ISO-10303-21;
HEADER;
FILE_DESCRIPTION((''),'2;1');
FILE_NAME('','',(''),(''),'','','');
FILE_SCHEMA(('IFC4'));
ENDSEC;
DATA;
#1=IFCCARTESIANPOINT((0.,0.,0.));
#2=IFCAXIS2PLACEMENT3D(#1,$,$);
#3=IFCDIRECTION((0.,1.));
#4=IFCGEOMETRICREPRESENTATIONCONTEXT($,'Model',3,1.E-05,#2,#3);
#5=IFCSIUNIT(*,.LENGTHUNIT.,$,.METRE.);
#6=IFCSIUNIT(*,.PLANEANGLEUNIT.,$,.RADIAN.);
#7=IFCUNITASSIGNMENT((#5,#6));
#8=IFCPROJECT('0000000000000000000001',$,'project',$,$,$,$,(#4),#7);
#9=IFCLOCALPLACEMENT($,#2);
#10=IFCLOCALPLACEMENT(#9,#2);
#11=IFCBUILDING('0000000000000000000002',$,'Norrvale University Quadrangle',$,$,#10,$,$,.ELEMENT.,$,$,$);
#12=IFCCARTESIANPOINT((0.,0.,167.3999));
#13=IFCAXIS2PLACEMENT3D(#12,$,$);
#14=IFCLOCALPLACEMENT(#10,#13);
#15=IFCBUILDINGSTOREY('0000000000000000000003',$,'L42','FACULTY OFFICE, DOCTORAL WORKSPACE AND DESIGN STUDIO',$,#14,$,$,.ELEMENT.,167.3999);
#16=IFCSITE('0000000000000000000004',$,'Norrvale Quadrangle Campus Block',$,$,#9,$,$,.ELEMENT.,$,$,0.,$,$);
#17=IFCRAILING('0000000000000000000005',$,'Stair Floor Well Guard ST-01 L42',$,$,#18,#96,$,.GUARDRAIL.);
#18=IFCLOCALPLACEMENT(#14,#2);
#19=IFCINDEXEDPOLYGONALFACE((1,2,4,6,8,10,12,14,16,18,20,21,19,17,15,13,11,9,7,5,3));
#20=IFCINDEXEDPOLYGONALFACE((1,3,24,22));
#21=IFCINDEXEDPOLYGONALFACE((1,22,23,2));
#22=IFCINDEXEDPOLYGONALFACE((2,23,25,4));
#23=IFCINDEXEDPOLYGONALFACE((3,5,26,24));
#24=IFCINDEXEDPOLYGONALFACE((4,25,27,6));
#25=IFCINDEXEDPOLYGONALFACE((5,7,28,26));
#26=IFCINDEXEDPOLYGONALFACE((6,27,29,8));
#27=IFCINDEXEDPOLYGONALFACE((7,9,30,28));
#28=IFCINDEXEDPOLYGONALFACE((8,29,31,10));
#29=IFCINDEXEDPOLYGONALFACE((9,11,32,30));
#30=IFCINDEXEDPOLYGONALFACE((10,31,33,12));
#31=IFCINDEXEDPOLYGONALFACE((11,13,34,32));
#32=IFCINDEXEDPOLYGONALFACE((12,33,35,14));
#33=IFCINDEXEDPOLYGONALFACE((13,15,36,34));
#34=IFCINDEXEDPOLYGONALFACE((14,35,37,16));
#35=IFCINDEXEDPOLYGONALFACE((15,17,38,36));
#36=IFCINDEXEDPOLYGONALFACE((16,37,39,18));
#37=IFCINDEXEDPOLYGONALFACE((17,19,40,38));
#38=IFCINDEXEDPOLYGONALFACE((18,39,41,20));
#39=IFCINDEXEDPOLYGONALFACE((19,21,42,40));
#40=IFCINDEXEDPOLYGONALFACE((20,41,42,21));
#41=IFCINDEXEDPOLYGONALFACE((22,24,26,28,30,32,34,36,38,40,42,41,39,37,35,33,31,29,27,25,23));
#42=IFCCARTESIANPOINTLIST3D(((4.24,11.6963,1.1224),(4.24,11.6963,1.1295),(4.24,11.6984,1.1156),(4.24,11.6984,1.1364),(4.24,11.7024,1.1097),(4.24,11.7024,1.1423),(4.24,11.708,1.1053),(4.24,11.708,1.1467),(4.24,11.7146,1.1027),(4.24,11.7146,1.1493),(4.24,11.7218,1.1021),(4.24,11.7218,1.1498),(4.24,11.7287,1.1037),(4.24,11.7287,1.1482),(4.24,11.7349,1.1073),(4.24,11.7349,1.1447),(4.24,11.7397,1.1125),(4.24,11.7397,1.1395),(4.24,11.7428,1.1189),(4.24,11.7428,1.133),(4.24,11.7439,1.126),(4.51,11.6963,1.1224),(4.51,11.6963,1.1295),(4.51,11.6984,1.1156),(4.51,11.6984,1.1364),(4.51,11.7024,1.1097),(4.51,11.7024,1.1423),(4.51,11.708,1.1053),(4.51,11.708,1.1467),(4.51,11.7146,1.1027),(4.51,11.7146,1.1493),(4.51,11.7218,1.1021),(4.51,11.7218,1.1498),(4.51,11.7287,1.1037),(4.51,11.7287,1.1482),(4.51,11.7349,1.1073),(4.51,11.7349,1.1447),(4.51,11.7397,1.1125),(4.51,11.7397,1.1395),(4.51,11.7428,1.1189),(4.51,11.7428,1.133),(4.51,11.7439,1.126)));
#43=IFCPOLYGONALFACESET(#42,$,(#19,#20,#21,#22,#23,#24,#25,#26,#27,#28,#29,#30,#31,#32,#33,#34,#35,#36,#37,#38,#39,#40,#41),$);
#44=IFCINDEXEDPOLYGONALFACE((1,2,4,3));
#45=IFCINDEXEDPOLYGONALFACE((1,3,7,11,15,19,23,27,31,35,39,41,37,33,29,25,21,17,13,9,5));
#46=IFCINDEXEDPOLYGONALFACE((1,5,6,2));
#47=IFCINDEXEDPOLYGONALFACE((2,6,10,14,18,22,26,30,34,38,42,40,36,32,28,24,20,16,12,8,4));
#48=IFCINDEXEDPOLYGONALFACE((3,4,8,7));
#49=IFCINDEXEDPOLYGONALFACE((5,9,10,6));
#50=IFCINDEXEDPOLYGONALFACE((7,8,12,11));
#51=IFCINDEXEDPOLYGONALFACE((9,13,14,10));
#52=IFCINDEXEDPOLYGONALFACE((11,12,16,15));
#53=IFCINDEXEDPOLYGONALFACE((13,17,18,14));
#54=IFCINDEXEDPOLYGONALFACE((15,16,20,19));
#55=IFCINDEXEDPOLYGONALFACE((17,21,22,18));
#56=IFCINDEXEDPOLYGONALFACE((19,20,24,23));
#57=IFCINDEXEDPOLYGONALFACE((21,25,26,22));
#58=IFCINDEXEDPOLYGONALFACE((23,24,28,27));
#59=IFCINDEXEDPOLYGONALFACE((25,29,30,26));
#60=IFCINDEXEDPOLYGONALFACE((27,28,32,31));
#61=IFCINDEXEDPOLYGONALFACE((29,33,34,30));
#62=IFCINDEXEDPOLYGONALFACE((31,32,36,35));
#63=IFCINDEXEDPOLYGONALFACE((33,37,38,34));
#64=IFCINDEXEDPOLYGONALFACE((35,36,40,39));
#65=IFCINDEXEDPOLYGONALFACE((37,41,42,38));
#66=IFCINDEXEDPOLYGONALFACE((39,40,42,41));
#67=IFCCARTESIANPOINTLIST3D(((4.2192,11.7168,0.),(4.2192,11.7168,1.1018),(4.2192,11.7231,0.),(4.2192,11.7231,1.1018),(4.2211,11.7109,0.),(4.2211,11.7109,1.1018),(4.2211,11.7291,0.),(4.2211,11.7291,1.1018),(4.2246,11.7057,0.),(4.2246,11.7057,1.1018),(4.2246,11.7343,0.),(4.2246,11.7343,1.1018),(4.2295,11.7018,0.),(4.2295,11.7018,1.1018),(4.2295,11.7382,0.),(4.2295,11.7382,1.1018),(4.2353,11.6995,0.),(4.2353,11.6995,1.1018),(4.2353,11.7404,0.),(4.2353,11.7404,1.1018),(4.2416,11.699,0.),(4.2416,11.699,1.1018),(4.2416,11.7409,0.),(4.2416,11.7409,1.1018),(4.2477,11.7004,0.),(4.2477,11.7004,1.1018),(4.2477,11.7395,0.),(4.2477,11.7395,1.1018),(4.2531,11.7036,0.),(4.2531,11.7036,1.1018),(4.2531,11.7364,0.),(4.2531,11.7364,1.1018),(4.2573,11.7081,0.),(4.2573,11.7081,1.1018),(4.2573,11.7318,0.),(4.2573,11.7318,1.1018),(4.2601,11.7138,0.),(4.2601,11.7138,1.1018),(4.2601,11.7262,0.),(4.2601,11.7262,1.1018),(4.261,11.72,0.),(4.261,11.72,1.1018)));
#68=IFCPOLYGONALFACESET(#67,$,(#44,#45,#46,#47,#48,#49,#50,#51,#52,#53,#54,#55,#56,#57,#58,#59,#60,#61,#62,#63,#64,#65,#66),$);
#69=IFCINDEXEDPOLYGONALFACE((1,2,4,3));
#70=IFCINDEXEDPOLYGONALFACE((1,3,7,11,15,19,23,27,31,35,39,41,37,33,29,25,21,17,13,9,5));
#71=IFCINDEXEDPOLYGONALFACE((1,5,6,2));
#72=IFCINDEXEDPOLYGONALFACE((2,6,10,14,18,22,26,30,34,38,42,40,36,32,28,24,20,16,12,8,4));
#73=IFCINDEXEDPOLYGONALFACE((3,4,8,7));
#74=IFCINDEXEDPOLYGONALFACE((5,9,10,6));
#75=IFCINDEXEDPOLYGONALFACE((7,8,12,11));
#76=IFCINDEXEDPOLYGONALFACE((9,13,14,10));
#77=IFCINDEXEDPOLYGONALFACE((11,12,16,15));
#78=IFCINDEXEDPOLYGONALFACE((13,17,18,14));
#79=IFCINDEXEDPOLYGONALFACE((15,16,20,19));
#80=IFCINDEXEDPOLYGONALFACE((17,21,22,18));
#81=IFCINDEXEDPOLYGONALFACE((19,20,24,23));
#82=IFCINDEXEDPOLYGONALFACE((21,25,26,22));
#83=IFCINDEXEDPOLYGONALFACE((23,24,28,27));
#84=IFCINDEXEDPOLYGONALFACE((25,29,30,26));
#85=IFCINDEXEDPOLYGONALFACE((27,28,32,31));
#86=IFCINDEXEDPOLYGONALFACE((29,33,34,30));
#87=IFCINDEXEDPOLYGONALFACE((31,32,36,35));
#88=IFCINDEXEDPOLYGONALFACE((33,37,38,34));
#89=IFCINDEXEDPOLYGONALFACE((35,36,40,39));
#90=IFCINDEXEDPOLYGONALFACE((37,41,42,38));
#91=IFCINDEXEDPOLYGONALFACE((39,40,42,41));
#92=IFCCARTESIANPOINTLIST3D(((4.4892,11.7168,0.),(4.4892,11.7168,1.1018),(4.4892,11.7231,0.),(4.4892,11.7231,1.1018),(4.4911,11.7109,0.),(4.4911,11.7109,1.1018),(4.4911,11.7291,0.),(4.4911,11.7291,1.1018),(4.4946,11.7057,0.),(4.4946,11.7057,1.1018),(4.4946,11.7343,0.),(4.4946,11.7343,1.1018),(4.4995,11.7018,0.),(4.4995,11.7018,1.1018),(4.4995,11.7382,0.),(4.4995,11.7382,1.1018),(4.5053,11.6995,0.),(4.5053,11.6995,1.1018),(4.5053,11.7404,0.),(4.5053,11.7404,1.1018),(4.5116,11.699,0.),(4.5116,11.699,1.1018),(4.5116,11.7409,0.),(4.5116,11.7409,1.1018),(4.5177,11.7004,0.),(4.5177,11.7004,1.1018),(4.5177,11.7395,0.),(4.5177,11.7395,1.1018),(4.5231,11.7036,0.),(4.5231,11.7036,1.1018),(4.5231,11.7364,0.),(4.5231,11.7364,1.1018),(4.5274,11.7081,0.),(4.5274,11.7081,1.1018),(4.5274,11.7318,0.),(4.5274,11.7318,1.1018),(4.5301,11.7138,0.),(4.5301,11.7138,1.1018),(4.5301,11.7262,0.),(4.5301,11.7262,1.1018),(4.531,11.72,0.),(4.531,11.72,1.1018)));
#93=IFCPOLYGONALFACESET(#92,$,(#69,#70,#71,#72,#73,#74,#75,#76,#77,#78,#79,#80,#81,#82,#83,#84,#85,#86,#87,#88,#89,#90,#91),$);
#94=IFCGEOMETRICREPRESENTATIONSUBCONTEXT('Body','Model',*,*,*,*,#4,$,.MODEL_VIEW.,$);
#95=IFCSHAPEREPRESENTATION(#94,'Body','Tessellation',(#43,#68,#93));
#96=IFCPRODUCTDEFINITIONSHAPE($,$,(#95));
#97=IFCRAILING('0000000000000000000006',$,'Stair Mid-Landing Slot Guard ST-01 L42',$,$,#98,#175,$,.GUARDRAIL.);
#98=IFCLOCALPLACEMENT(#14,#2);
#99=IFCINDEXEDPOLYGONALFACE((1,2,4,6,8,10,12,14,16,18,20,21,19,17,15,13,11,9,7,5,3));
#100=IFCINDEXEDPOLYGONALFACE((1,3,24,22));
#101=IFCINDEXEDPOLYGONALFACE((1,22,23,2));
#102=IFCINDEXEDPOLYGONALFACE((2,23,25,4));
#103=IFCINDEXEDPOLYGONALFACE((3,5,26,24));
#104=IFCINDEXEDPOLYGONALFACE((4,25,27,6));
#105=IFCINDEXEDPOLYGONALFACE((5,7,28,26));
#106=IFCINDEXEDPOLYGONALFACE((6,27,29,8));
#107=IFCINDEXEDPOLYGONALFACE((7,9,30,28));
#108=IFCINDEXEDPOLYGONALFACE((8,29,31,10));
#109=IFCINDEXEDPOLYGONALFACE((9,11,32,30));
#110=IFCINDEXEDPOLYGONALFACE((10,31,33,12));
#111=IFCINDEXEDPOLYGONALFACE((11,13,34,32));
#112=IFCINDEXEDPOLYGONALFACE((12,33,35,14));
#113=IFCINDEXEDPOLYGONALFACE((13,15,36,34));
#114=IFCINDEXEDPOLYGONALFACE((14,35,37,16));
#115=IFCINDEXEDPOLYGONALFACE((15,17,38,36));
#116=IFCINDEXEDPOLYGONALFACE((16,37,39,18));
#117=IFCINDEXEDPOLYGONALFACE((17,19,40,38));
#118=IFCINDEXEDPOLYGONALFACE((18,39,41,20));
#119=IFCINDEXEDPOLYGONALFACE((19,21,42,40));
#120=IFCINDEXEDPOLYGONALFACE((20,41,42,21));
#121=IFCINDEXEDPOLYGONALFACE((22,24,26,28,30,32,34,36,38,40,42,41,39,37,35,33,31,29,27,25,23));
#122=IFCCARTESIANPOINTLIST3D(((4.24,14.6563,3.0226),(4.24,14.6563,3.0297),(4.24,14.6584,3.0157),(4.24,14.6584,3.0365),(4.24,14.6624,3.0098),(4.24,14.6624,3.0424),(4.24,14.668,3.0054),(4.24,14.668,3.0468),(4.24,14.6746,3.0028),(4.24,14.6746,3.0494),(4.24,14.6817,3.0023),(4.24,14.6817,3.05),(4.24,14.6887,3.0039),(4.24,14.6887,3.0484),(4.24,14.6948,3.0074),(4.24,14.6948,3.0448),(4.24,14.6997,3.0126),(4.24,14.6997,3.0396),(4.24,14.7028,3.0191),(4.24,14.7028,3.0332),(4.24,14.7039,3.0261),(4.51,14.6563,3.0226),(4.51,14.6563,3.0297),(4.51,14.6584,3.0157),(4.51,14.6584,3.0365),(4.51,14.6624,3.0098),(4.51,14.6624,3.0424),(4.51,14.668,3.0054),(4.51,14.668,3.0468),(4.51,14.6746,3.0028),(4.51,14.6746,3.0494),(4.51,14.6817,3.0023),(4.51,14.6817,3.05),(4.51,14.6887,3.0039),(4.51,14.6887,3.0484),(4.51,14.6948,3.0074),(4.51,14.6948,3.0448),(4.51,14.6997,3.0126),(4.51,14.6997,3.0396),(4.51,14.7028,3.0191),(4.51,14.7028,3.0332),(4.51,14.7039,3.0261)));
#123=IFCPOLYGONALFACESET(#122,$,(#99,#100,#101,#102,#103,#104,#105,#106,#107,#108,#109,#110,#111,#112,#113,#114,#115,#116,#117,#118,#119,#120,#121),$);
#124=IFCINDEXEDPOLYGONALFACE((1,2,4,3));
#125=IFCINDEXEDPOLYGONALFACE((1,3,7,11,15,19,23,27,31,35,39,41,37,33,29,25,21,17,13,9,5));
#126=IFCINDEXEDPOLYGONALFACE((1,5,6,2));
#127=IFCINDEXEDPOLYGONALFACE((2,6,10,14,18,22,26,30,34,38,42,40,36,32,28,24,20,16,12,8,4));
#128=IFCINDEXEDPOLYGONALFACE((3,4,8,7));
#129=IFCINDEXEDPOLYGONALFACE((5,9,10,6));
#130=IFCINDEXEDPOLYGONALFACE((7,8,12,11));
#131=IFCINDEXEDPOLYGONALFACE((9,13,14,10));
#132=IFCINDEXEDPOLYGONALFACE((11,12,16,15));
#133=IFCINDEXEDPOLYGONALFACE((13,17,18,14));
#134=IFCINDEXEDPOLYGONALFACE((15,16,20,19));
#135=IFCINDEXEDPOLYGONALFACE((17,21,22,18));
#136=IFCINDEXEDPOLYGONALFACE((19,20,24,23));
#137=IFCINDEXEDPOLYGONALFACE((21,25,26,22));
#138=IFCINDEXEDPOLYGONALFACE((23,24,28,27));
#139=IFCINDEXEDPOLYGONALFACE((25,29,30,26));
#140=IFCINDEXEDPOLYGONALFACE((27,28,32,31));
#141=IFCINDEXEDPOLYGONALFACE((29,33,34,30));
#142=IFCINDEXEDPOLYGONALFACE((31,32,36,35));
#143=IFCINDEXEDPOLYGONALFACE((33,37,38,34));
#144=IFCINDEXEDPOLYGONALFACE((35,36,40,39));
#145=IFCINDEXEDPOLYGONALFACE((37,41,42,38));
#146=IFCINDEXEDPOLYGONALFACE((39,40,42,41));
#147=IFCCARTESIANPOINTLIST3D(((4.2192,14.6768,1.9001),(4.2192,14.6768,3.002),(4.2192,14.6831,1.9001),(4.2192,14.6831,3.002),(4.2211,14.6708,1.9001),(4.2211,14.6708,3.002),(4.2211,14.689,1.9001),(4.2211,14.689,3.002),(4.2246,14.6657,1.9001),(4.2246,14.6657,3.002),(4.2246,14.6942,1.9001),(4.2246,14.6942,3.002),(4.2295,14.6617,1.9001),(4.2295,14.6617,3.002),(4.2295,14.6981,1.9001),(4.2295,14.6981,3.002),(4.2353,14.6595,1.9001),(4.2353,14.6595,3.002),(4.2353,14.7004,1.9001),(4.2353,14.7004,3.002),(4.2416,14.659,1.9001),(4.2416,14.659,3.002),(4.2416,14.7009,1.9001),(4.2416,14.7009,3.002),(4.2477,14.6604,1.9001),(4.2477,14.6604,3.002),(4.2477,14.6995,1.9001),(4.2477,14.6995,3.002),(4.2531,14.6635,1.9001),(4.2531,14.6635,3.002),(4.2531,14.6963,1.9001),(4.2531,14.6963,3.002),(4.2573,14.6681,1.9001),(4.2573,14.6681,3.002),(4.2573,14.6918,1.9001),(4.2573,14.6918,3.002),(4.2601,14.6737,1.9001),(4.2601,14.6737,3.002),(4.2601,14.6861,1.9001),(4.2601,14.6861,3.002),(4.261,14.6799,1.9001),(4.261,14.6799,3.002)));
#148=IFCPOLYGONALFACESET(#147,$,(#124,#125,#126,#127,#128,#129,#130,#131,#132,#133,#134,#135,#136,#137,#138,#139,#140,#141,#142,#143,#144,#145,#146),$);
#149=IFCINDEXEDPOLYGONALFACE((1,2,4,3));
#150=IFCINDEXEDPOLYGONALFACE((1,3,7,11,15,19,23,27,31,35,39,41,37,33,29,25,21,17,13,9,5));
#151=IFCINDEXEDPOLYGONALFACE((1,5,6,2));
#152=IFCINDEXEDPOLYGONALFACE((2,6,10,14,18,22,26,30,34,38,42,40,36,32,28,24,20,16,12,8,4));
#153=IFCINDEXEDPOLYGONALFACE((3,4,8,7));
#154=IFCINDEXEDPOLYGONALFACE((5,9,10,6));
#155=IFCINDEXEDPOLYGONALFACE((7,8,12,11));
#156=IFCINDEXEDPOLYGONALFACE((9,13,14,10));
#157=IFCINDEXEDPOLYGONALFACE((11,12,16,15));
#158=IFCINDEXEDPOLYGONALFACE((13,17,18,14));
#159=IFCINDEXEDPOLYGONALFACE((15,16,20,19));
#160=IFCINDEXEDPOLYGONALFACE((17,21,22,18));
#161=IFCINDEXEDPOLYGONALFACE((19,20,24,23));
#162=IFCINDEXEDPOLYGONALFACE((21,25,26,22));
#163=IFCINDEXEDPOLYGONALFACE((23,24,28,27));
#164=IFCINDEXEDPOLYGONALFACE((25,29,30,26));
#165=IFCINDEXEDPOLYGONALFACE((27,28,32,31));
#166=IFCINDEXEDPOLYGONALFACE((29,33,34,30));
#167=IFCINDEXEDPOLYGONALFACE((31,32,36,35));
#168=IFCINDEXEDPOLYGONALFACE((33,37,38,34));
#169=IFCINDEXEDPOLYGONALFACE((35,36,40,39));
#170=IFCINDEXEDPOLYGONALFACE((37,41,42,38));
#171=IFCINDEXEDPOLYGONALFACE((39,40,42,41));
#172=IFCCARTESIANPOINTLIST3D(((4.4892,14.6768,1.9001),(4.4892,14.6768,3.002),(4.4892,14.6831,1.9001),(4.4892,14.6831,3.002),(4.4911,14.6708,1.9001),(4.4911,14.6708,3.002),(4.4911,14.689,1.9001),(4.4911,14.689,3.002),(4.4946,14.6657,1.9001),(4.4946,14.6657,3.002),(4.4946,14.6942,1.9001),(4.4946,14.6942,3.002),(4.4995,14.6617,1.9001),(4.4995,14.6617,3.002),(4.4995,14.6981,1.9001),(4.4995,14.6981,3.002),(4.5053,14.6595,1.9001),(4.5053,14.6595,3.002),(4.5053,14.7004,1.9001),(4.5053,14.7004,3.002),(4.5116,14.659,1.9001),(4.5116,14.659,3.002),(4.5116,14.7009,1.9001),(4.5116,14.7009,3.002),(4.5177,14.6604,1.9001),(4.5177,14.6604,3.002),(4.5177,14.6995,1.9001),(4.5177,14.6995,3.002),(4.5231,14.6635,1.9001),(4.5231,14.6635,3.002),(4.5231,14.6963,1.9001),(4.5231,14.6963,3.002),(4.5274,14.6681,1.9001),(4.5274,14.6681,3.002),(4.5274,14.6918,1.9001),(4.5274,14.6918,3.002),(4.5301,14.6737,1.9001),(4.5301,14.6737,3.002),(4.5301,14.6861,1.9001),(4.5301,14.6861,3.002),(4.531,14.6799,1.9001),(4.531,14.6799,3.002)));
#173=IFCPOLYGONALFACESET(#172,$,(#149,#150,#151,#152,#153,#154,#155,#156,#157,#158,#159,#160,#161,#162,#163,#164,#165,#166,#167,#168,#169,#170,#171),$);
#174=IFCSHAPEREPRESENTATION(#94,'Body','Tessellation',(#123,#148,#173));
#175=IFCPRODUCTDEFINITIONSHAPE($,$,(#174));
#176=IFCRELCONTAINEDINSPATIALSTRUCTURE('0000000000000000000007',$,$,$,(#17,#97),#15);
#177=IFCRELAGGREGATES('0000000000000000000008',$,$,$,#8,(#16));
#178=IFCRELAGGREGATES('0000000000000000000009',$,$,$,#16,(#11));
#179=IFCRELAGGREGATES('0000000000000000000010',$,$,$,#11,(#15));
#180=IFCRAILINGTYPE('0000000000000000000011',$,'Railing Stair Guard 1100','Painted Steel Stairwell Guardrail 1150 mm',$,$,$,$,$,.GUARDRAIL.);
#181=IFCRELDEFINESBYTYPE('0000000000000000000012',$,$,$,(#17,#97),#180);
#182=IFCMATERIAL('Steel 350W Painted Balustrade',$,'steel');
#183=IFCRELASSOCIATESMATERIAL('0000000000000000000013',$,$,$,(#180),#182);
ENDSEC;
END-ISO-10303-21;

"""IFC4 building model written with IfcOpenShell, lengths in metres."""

from ifc_helpers import new_model, si_unit, direction, frame, origin, origin_2d, place, context, subcontext, project, spatial, circle, extrude, material, type_object, element, save


model = new_model("IFC4")

# Units and contexts
model_context = context("Model", 3, precision=1e-05, world=origin(), true_north=direction((0.0, 1.0)))
body_context = subcontext(model_context, "Body", "Model", "MODEL_VIEW")
ifc_project = project(units=[si_unit("LENGTHUNIT", "METRE"), si_unit("PLANEANGLEUNIT", "RADIAN")], contexts=[model_context])

# Site, building, storey
site_placement = place(None, origin())
site = spatial("IfcSite", under=ifc_project, at=site_placement, Name="Norrvale Quadrangle Campus Block", CompositionType="ELEMENT", RefElevation=0.0)
building_placement = place(site_placement, origin())
building = spatial("IfcBuilding", under=site, at=building_placement, Name="Norrvale University Quadrangle", CompositionType="ELEMENT")
storey_placement = place(building_placement, frame((0.0, 0.0, 167.3999)))
storey = spatial("IfcBuildingStorey", under=building, at=storey_placement, Name="L42", Description="FACULTY OFFICE, DOCTORAL WORKSPACE AND DESIGN STUDIO", CompositionType="ELEMENT", Elevation=167.3999)

# Railings
ifc_material_1 = material(Name="Steel 350W Painted Balustrade", Category="steel")
railing_type_1 = type_object("IfcRailingType", Name="Railing Stair Guard 1100", Description="Painted Steel Stairwell Guardrail 1150 mm", PredefinedType="GUARDRAIL", material=ifc_material_1)
for number, where, name in (
    (1, (4.24, 11.72, 0.0), "Stair Floor Well Guard ST-01 L42"),
    (2, (4.24, 14.6799, 1.9001), "Stair Mid-Landing Slot Guard ST-01 L42"),
):
    element("IfcRailing", number, at=place(storey_placement, frame(where)), inside=storey, type_object=railing_type_1, Name=name, PredefinedType="GUARDRAIL", context=body_context, shape_type="SweptSolid", body=[
        extrude(circle(Radius=0.0239, at=origin_2d()), frame((0.0, 0.0, 1.126), z_axis=(1.0, 0.0, 0.0), x_axis=(0.0, 1.0, 0.0)), (0.0, 0.0, 1.0), 0.27),
        extrude(circle(Radius=0.021, at=origin_2d()), origin(), (0.0, 0.0, 1.0), 1.1018),
        extrude(circle(Radius=0.021, at=origin_2d()), frame((0.27, 0.0, 0.0)), (0.0, 0.0, 1.0), 1.1018),
    ])

save(model, "model.ifc")
